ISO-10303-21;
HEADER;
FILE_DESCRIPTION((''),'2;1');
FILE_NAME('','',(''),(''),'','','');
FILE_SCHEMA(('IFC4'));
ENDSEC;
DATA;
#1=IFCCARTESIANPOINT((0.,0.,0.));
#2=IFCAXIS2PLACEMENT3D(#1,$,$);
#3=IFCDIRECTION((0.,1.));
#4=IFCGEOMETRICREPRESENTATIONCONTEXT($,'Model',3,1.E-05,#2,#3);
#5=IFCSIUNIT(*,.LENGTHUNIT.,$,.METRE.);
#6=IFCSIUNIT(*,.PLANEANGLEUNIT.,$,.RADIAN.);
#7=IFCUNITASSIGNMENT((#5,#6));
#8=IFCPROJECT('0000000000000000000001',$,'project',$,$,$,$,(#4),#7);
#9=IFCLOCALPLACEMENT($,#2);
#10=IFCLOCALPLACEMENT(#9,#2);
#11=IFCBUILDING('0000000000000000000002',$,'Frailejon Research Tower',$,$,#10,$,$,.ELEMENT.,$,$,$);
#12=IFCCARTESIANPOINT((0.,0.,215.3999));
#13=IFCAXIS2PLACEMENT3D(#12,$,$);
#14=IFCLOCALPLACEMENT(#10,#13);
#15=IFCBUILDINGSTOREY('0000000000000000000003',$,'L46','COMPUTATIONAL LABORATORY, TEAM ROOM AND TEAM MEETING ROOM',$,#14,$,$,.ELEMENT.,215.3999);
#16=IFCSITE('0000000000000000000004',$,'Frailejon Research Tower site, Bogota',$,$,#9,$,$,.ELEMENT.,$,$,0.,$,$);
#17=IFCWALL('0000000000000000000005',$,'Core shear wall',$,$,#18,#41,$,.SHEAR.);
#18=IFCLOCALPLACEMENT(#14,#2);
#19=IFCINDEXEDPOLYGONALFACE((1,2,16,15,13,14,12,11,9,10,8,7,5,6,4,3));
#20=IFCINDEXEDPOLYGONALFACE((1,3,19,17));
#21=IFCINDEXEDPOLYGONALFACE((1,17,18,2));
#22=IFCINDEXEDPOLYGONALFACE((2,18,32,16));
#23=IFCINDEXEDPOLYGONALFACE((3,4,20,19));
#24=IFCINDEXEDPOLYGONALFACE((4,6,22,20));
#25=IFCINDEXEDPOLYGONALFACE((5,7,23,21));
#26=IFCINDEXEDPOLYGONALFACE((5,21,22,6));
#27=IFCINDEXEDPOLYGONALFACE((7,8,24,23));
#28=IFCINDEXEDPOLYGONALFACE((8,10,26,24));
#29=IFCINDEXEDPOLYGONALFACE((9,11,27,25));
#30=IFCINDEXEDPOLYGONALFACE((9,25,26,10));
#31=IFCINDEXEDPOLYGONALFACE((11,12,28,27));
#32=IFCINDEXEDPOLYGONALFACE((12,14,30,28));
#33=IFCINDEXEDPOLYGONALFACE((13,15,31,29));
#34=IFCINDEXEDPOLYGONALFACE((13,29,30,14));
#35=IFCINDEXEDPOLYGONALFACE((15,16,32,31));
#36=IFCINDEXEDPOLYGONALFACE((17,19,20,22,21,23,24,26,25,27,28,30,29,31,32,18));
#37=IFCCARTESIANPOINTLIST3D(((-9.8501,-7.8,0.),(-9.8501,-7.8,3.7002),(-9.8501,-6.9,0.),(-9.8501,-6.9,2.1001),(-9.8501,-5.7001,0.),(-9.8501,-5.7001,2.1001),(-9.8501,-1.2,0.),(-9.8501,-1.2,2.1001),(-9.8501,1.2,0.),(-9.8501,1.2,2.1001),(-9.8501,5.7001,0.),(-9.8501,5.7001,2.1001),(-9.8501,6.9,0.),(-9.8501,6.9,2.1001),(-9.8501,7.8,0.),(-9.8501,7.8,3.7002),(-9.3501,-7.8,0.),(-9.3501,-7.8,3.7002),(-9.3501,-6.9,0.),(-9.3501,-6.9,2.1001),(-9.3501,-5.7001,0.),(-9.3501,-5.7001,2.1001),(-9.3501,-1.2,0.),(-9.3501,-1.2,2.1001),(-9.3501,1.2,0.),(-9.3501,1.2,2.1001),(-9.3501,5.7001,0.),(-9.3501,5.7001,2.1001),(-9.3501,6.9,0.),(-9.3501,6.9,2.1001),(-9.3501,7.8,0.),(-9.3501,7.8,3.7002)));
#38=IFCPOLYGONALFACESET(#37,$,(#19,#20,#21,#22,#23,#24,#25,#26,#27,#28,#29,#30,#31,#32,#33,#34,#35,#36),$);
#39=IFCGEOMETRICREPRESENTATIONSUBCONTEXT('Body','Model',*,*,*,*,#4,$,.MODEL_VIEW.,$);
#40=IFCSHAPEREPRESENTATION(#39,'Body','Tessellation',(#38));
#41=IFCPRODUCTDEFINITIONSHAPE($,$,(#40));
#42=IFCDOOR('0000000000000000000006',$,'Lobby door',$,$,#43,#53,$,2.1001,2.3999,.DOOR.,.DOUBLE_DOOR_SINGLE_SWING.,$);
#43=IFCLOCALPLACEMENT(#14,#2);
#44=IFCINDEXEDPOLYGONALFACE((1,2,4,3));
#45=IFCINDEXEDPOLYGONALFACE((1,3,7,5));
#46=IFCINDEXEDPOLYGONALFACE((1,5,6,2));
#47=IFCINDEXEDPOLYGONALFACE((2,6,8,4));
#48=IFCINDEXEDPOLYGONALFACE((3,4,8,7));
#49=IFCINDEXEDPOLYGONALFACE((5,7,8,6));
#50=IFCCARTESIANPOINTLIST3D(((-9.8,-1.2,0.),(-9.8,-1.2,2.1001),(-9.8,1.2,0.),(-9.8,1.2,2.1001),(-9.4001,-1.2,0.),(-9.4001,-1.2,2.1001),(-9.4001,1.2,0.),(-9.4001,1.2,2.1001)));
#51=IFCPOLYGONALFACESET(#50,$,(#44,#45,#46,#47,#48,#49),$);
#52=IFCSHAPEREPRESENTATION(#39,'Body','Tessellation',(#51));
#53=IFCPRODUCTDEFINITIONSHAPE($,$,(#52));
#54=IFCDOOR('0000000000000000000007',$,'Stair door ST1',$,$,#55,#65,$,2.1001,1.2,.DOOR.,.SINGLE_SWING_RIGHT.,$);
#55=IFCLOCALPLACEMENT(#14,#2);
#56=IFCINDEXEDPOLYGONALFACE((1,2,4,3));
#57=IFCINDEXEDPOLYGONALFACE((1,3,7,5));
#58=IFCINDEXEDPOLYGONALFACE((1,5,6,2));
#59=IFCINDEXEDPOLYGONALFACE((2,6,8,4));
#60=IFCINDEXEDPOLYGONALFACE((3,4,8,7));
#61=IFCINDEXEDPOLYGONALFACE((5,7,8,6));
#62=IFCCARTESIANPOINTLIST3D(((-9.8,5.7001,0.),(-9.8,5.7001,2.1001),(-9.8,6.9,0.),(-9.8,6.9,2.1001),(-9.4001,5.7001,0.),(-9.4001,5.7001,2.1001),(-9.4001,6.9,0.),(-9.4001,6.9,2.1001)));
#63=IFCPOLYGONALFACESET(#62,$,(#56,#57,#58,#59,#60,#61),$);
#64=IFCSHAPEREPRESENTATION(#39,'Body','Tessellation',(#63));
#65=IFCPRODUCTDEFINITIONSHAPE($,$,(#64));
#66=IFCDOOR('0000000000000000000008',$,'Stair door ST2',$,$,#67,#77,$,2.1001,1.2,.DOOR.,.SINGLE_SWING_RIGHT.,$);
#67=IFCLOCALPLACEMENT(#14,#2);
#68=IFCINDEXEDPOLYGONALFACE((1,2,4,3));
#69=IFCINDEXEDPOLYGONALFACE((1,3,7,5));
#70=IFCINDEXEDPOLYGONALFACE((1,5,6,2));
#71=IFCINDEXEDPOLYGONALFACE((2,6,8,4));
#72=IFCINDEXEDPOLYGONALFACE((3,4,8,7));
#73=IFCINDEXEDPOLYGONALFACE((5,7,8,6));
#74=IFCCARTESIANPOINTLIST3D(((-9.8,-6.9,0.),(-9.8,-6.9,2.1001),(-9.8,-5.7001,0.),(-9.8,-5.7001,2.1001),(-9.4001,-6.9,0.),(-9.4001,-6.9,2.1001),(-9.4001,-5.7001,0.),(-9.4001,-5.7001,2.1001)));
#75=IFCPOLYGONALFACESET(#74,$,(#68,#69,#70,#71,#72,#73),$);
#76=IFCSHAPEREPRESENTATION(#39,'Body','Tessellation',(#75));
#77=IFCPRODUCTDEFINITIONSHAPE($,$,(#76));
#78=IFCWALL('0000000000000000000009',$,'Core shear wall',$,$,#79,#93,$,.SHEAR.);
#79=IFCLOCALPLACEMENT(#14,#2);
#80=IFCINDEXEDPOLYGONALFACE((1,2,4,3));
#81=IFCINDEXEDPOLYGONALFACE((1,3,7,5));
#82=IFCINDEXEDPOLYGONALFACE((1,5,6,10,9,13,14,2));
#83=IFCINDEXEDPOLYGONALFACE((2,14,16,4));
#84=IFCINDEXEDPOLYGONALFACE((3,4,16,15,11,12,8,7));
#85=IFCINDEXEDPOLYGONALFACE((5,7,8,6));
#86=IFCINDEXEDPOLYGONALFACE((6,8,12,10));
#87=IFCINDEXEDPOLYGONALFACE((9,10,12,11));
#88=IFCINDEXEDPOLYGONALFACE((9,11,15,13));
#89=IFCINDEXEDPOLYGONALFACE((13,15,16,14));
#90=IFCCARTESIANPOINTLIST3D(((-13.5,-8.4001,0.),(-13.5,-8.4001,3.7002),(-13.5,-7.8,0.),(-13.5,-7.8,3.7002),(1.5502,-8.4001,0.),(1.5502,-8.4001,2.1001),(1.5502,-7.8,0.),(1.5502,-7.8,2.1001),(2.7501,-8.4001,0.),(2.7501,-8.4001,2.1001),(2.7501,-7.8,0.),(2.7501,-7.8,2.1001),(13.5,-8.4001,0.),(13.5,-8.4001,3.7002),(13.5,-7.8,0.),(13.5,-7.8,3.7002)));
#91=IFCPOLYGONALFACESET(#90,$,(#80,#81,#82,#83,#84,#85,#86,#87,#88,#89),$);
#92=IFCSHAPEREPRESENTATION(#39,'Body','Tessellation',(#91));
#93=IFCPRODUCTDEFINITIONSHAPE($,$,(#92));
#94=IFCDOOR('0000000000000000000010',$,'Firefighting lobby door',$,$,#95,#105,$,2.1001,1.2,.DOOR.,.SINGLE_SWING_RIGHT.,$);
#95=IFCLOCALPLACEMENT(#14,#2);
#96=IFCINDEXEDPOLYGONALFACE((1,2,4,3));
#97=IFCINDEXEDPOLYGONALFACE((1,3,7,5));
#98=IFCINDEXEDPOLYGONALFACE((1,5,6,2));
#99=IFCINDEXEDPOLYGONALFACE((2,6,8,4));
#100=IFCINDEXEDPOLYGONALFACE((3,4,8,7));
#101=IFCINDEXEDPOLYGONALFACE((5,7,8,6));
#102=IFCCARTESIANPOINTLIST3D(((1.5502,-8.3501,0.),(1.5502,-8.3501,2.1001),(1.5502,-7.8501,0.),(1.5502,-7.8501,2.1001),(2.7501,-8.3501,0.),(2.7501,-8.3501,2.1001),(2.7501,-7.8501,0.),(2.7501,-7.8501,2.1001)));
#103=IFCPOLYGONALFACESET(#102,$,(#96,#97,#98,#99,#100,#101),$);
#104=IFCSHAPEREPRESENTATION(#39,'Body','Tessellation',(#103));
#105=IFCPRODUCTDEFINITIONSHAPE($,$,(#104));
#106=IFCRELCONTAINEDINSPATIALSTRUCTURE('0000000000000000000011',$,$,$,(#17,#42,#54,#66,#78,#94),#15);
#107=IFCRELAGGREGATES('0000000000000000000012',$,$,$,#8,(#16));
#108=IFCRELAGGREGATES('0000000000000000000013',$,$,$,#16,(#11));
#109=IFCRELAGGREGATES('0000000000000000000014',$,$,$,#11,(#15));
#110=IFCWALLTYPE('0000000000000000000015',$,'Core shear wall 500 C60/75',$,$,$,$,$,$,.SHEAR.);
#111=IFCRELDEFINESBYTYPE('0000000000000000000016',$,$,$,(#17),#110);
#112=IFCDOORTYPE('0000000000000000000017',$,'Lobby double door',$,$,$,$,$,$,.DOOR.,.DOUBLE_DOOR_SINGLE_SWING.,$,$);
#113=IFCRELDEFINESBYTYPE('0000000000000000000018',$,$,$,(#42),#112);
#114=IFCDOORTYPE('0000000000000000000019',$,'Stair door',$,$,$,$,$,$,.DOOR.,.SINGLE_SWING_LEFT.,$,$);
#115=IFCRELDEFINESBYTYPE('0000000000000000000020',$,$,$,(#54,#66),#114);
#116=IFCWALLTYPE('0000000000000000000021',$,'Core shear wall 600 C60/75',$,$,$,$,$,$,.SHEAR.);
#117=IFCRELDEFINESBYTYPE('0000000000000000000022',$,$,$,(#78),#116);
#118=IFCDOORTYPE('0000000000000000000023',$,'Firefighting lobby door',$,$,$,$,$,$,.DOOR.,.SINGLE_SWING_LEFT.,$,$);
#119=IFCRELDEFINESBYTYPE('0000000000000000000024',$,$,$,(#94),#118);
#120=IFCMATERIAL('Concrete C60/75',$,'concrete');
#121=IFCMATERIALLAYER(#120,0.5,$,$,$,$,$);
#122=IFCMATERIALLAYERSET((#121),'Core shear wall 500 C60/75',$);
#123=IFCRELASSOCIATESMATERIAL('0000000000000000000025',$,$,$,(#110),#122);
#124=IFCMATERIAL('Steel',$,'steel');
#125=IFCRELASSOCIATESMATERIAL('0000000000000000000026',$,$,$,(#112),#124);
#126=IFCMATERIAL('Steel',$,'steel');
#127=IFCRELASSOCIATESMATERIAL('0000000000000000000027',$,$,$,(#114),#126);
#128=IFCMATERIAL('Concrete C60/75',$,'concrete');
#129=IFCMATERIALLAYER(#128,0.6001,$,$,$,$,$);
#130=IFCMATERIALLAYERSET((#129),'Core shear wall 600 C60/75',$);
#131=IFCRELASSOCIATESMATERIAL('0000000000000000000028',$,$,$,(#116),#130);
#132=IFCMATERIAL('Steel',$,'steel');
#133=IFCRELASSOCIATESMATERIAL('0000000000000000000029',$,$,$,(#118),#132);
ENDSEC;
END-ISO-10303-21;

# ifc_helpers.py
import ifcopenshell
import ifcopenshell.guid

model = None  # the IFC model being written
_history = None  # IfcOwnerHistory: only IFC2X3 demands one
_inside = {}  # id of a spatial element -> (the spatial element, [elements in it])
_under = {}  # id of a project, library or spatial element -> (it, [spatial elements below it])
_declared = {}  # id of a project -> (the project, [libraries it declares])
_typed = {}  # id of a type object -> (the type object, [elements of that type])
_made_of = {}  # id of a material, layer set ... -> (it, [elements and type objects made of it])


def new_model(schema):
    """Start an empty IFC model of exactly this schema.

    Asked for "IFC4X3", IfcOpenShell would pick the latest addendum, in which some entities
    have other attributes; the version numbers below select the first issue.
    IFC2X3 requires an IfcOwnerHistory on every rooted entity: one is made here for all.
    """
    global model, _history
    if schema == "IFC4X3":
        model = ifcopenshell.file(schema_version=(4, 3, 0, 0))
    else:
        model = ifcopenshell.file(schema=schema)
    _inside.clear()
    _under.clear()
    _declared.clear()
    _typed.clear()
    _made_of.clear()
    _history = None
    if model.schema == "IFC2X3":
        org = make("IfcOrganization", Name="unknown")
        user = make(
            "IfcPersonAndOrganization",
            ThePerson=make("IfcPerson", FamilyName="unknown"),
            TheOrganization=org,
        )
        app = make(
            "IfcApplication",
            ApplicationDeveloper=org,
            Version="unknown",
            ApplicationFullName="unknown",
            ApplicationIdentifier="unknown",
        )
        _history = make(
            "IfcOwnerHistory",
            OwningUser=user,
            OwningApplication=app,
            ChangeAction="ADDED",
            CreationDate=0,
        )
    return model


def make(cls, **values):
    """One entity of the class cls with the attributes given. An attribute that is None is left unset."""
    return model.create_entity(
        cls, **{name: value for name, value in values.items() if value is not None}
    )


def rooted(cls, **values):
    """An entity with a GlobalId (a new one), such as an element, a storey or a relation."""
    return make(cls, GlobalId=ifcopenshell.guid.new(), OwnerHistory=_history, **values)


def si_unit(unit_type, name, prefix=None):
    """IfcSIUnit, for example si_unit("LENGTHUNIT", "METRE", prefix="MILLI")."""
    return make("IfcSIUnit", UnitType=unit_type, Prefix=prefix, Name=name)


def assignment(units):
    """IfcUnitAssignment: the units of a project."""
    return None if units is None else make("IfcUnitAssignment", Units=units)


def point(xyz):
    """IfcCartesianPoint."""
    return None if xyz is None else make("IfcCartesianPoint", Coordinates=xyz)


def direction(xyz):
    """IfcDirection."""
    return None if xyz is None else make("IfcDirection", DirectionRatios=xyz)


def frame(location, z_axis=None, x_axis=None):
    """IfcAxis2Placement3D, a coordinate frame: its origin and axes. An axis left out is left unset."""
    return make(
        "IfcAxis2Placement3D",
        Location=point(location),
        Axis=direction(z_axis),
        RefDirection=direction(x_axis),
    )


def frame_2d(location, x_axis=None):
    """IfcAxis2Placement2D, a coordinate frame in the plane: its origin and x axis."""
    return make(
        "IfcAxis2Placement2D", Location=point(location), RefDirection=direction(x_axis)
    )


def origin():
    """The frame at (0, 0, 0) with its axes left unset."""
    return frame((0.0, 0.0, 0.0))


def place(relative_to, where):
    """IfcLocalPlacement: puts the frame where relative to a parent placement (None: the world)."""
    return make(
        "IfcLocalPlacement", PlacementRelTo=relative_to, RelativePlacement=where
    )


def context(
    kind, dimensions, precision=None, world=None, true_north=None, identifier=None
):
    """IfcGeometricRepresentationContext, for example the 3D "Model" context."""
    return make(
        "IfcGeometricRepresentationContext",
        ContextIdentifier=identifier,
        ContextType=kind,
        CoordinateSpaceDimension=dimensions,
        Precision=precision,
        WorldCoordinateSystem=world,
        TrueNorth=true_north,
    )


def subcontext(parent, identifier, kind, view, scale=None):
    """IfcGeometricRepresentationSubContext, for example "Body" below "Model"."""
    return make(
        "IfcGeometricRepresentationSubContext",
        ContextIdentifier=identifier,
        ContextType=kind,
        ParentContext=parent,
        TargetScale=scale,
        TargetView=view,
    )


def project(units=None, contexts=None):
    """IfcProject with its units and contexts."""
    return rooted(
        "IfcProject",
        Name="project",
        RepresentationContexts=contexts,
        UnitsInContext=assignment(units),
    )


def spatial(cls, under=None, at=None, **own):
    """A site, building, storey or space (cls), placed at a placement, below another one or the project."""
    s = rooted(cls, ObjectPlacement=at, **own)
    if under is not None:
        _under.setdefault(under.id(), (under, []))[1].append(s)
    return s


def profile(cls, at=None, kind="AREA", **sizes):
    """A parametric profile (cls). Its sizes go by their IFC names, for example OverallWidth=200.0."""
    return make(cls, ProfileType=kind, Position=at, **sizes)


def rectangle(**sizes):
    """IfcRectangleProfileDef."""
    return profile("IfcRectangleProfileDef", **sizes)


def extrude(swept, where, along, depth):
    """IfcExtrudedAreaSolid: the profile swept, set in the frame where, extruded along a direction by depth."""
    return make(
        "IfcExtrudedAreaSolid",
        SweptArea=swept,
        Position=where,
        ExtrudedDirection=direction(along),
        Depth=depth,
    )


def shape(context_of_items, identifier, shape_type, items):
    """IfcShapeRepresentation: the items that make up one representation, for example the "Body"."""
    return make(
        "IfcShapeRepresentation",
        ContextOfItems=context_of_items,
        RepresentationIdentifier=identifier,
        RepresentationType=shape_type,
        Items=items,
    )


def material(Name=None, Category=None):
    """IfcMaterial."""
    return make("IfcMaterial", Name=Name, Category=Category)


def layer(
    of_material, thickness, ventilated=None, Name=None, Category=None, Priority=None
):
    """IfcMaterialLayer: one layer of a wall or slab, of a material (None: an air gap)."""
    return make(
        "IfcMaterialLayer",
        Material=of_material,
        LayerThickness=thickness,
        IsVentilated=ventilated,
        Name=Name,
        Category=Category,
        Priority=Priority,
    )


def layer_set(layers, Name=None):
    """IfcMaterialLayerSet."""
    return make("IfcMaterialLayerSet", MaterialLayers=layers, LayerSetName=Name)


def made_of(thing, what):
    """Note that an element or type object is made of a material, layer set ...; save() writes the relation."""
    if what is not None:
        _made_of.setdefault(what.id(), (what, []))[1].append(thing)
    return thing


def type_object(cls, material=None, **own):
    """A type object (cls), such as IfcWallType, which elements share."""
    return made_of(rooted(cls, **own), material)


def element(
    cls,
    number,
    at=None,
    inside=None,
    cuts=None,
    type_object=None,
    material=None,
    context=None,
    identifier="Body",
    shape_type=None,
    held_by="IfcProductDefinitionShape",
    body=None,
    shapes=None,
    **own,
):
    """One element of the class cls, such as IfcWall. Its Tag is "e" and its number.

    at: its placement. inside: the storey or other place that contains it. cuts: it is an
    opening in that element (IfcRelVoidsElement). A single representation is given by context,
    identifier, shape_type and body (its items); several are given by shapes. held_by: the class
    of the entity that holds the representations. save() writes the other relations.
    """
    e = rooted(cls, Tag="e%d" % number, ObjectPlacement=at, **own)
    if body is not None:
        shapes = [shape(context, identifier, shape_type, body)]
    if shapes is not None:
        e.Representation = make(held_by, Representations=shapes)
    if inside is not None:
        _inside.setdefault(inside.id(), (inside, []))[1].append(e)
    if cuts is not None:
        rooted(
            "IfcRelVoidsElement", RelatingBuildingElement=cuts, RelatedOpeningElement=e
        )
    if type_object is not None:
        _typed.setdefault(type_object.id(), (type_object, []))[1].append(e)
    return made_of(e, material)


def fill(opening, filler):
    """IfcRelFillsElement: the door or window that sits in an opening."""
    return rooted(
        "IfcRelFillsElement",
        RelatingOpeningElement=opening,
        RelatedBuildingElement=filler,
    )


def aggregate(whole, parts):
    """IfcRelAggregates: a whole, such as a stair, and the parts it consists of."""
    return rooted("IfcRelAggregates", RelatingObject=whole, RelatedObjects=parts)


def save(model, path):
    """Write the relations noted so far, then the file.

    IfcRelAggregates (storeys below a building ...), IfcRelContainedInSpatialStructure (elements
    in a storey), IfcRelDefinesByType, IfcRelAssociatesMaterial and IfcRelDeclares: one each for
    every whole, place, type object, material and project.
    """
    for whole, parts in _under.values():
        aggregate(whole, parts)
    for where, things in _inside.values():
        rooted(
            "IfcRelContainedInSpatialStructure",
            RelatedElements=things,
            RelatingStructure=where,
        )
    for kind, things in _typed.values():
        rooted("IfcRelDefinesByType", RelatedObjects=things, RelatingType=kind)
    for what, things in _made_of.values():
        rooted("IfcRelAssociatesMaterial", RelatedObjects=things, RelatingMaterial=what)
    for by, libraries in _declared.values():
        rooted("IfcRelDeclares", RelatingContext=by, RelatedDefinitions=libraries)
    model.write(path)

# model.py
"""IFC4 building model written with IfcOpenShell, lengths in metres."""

from ifc_helpers import new_model, si_unit, direction, frame, frame_2d, origin, place, context, subcontext, project, spatial, rectangle, extrude, material, layer, layer_set, type_object, element, fill, save


model = new_model("IFC4")

# Units and contexts
model_context = context("Model", 3, precision=1e-05, world=origin(), true_north=direction((0.0, 1.0)))
body_context = subcontext(model_context, "Body", "Model", "MODEL_VIEW")
ifc_project = project(units=[si_unit("LENGTHUNIT", "METRE"), si_unit("PLANEANGLEUNIT", "RADIAN")], contexts=[model_context])

# Site, building, storey
site_placement = place(None, origin())
site = spatial("IfcSite", under=ifc_project, at=site_placement, Name="Frailejon Research Tower site, Bogota", CompositionType="ELEMENT", RefElevation=0.0)
building_placement = place(site_placement, origin())
building = spatial("IfcBuilding", under=site, at=building_placement, Name="Frailejon Research Tower", CompositionType="ELEMENT")
storey_placement = place(building_placement, frame((0.0, 0.0, 215.3999)))
storey = spatial("IfcBuildingStorey", under=building, at=storey_placement, Name="L46", Description="COMPUTATIONAL LABORATORY, TEAM ROOM AND TEAM MEETING ROOM", CompositionType="ELEMENT", Elevation=215.3999)

# Wall, openings, doors
ifc_material_1 = material(Name="Concrete C60/75", Category="concrete")
ifc_layer_1 = layer(ifc_material_1, 0.5)
ifc_layer_set_1 = layer_set([ifc_layer_1], Name="Core shear wall 500 C60/75")
wall_type_1 = type_object("IfcWallType", Name="Core shear wall 500 C60/75", PredefinedType="SHEAR", material=ifc_layer_set_1)
wall_1_placement = place(storey_placement, frame((-9.6001, -7.8, 0.0), z_axis=(0.0, 0.0, 1.0), x_axis=(0.0, 1.0, 0.0)))
wall_1 = element("IfcWall", 1, at=wall_1_placement, inside=storey, type_object=wall_type_1, Name="Core shear wall", PredefinedType="SHEAR", context=body_context, shape_type="SweptSolid", body=[
    extrude(rectangle(XDim=15.6001, YDim=0.5, at=frame_2d((7.8, 0.0))), origin(), (0.0, 0.0, 1.0), 3.7002),
])
opening_1_placement = place(wall_1_placement, frame((6.6001, 0.0, 0.0)))
opening_1 = element("IfcOpeningElement", 2, at=opening_1_placement, cuts=wall_1, PredefinedType="OPENING", context=body_context, shape_type="SweptSolid", body=[
    extrude(rectangle(XDim=2.3999, YDim=2.1001, at=frame_2d((1.2, 1.05))), frame((0.0, 0.26, 0.0), z_axis=(0.0, -1.0, 0.0), x_axis=(1.0, 0.0, 0.0)), (0.0, 0.0, 1.0), 0.52),
])
opening_2_placement = place(wall_1_placement, frame((13.5, 0.0, 0.0)))
opening_2 = element("IfcOpeningElement", 3, at=opening_2_placement, cuts=wall_1, PredefinedType="OPENING", context=body_context, shape_type="SweptSolid", body=[
    extrude(rectangle(XDim=1.2, YDim=2.1001, at=frame_2d((0.6001, 1.05))), frame((0.0, 0.26, 0.0), z_axis=(0.0, -1.0, 0.0), x_axis=(1.0, 0.0, 0.0)), (0.0, 0.0, 1.0), 0.52),
])
opening_3_placement = place(wall_1_placement, frame((0.8999, 0.0, 0.0)))
opening_3 = element("IfcOpeningElement", 4, at=opening_3_placement, cuts=wall_1, PredefinedType="OPENING", context=body_context, shape_type="SweptSolid", body=[
    extrude(rectangle(XDim=1.2, YDim=2.1001, at=frame_2d((0.6001, 1.05))), frame((0.0, 0.26, 0.0), z_axis=(0.0, -1.0, 0.0), x_axis=(1.0, 0.0, 0.0)), (0.0, 0.0, 1.0), 0.52),
])
ifc_material_2 = material(Name="Steel", Category="steel")
door_type_1 = type_object("IfcDoorType", Name="Lobby double door", OperationType="DOUBLE_DOOR_SINGLE_SWING", PredefinedType="DOOR", material=ifc_material_2)
door_1_placement = place(opening_1_placement, origin())
door_1 = element("IfcDoor", 5, at=door_1_placement, inside=storey, type_object=door_type_1, Name="Lobby door", OperationType="DOUBLE_DOOR_SINGLE_SWING", OverallHeight=2.1001, OverallWidth=2.3999, PredefinedType="DOOR", context=body_context, shape_type="SweptSolid", body=[
    extrude(rectangle(XDim=2.3999, YDim=2.1001, at=frame_2d((1.2, 1.05))), frame((0.0, 0.2, 0.0), z_axis=(0.0, -1.0, 0.0), x_axis=(1.0, 0.0, 0.0)), (0.0, 0.0, 1.0), 0.3999),
])
fill(opening_1, door_1)
ifc_material_3 = material(Name="Steel", Category="steel")
door_type_2 = type_object("IfcDoorType", Name="Stair door", OperationType="SINGLE_SWING_LEFT", PredefinedType="DOOR", material=ifc_material_3)
door_2_placement = place(opening_2_placement, origin())
door_2 = element("IfcDoor", 6, at=door_2_placement, inside=storey, type_object=door_type_2, Name="Stair door ST1", OperationType="SINGLE_SWING_RIGHT", OverallHeight=2.1001, OverallWidth=1.2, PredefinedType="DOOR", context=body_context, shape_type="SweptSolid", body=[
    extrude(rectangle(XDim=1.2, YDim=2.1001, at=frame_2d((0.6001, 1.05))), frame((0.0, 0.2, 0.0), z_axis=(0.0, -1.0, 0.0), x_axis=(1.0, 0.0, 0.0)), (0.0, 0.0, 1.0), 0.3999),
])
fill(opening_2, door_2)
door_3_placement = place(opening_3_placement, origin())
door_3 = element("IfcDoor", 7, at=door_3_placement, inside=storey, type_object=door_type_2, Name="Stair door ST2", OperationType="SINGLE_SWING_RIGHT", OverallHeight=2.1001, OverallWidth=1.2, PredefinedType="DOOR", context=body_context, shape_type="SweptSolid", body=[
    extrude(rectangle(XDim=1.2, YDim=2.1001, at=frame_2d((0.6001, 1.05))), frame((0.0, 0.2, 0.0), z_axis=(0.0, -1.0, 0.0), x_axis=(1.0, 0.0, 0.0)), (0.0, 0.0, 1.0), 0.3999),
])
fill(opening_3, door_3)

# Wall, opening, door
ifc_material_4 = material(Name="Concrete C60/75", Category="concrete")
ifc_layer_2 = layer(ifc_material_4, 0.6001)
ifc_layer_set_2 = layer_set([ifc_layer_2], Name="Core shear wall 600 C60/75")
wall_type_2 = type_object("IfcWallType", Name="Core shear wall 600 C60/75", PredefinedType="SHEAR", material=ifc_layer_set_2)
wall_2_placement = place(storey_placement, frame((-13.5, -8.1001, 0.0), z_axis=(0.0, 0.0, 1.0), x_axis=(1.0, 0.0, 0.0)))
wall_2 = element("IfcWall", 8, at=wall_2_placement, inside=storey, type_object=wall_type_2, Name="Core shear wall", PredefinedType="SHEAR", context=body_context, shape_type="SweptSolid", body=[
    extrude(rectangle(XDim=27.0, YDim=0.6001, at=frame_2d((13.5, 0.0))), origin(), (0.0, 0.0, 1.0), 3.7002),
])
opening_4_placement = place(wall_2_placement, frame((15.05, 0.0, 0.0)))
opening_4 = element("IfcOpeningElement", 9, at=opening_4_placement, cuts=wall_2, PredefinedType="OPENING", context=body_context, shape_type="SweptSolid", body=[
    extrude(rectangle(XDim=1.2, YDim=2.1001, at=frame_2d((0.6001, 1.05))), frame((0.0, 0.3101, 0.0), z_axis=(0.0, -1.0, 0.0), x_axis=(1.0, 0.0, 0.0)), (0.0, 0.0, 1.0), 0.6201),
])
ifc_material_5 = material(Name="Steel", Category="steel")
door_type_3 = type_object("IfcDoorType", Name="Firefighting lobby door", OperationType="SINGLE_SWING_LEFT", PredefinedType="DOOR", material=ifc_material_5)
door_4_placement = place(opening_4_placement, origin())
door_4 = element("IfcDoor", 10, at=door_4_placement, inside=storey, type_object=door_type_3, Name="Firefighting lobby door", OperationType="SINGLE_SWING_RIGHT", OverallHeight=2.1001, OverallWidth=1.2, PredefinedType="DOOR", context=body_context, shape_type="SweptSolid", body=[
    extrude(rectangle(XDim=1.2, YDim=2.1001, at=frame_2d((0.6001, 1.05))), frame((0.0, 0.25, 0.0), z_axis=(0.0, -1.0, 0.0), x_axis=(1.0, 0.0, 0.0)), (0.0, 0.0, 1.0), 0.5),
])
fill(opening_4, door_4)

save(model, "model.ifc")
